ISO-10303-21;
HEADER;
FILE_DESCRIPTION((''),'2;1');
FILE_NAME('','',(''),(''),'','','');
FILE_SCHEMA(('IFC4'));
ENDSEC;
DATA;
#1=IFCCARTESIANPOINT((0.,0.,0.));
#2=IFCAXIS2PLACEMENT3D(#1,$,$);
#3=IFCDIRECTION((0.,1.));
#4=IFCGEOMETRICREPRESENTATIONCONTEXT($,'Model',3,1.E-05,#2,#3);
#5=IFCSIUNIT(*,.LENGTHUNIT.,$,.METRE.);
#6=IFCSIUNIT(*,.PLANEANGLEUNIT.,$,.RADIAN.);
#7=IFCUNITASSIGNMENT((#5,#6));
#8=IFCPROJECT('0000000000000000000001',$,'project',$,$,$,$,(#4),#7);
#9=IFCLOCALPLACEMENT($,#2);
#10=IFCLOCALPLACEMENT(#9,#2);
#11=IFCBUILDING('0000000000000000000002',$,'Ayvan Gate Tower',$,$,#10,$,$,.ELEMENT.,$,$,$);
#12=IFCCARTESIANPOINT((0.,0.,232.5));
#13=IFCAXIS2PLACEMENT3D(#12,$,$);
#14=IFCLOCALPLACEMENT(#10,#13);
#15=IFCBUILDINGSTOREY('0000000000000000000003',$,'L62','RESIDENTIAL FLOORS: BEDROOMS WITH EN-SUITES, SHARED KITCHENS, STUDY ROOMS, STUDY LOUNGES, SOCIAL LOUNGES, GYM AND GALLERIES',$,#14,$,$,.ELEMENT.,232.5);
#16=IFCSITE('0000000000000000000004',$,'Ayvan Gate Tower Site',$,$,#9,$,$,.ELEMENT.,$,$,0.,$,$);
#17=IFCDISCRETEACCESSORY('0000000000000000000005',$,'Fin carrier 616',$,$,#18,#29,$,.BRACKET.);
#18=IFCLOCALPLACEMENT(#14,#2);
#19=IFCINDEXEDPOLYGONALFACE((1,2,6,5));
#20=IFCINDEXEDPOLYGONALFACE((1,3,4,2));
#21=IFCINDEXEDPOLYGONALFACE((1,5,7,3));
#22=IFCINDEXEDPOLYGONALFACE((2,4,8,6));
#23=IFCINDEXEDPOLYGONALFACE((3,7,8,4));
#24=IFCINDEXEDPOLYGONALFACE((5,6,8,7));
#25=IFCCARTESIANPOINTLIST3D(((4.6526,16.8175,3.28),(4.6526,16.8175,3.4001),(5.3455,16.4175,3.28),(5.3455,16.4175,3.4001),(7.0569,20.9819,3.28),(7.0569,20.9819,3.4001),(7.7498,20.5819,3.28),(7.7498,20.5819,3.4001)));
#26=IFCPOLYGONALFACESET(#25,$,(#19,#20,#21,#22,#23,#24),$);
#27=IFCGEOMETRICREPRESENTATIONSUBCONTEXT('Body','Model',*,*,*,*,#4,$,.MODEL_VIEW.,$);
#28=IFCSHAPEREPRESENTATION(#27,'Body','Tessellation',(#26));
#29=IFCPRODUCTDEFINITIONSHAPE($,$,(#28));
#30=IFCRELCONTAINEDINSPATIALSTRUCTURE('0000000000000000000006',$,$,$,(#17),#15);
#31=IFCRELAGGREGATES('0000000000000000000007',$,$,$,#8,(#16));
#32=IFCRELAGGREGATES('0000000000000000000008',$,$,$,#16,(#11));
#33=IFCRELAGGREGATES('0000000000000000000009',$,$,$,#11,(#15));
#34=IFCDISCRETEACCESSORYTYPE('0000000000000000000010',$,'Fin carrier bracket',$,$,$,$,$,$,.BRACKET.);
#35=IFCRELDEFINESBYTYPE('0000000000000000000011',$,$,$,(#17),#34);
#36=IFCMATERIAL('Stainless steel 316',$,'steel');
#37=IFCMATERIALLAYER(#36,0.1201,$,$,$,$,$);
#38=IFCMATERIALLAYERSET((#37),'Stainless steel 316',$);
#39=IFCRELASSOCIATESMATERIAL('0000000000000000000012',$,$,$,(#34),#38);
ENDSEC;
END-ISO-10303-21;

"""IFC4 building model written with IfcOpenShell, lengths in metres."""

from ifc_helpers import new_model, si_unit, direction, frame, origin, origin_2d, place, context, subcontext, project, spatial, rectangle, extrude, material, layer, layer_set, type_object, element, save


model = new_model("IFC4")

# Units and contexts
model_context = context("Model", 3, precision=1e-05, world=origin(), true_north=direction((0.0, 1.0)))
body_context = subcontext(model_context, "Body", "Model", "MODEL_VIEW")
ifc_project = project(units=[si_unit("LENGTHUNIT", "METRE"), si_unit("PLANEANGLEUNIT", "RADIAN")], contexts=[model_context])

# Site, building, storey
site_placement = place(None, origin())
site = spatial("IfcSite", under=ifc_project, at=site_placement, Name="Ayvan Gate Tower Site", CompositionType="ELEMENT", RefElevation=0.0)
building_placement = place(site_placement, origin())
building = spatial("IfcBuilding", under=site, at=building_placement, Name="Ayvan Gate Tower", CompositionType="ELEMENT")
storey_placement = place(building_placement, frame((0.0, 0.0, 232.5)))
storey = spatial("IfcBuildingStorey", under=building, at=storey_placement, Name="L62", Description="RESIDENTIAL FLOORS: BEDROOMS WITH EN-SUITES, SHARED KITCHENS, STUDY ROOMS, STUDY LOUNGES, SOCIAL LOUNGES, GYM AND GALLERIES", CompositionType="ELEMENT", Elevation=232.5)

# Discrete accessory
ifc_material_1 = material(Name="Stainless steel 316", Category="steel")
ifc_layer_1 = layer(ifc_material_1, 0.1201)
ifc_layer_set_1 = layer_set([ifc_layer_1], Name="Stainless steel 316")
discrete_accessory_type = type_object("IfcDiscreteAccessoryType", Name="Fin carrier bracket", PredefinedType="BRACKET", material=ifc_layer_set_1)
discrete_accessory_1_placement = place(storey_placement, frame((6.2012, 18.6997, 3.28), z_axis=(0.0, 0.0, 1.0), x_axis=(-0.866025, 0.5, 0.0)))
element("IfcDiscreteAccessory", 1, at=discrete_accessory_1_placement, inside=storey, type_object=discrete_accessory_type, Name="Fin carrier 616", PredefinedType="BRACKET", context=body_context, shape_type="SweptSolid", body=[
    extrude(rectangle(XDim=0.8, YDim=4.8086, at=origin_2d()), origin(), (0.0, 0.0, 1.0), 0.1201),
])

save(model, "model.ifc")
